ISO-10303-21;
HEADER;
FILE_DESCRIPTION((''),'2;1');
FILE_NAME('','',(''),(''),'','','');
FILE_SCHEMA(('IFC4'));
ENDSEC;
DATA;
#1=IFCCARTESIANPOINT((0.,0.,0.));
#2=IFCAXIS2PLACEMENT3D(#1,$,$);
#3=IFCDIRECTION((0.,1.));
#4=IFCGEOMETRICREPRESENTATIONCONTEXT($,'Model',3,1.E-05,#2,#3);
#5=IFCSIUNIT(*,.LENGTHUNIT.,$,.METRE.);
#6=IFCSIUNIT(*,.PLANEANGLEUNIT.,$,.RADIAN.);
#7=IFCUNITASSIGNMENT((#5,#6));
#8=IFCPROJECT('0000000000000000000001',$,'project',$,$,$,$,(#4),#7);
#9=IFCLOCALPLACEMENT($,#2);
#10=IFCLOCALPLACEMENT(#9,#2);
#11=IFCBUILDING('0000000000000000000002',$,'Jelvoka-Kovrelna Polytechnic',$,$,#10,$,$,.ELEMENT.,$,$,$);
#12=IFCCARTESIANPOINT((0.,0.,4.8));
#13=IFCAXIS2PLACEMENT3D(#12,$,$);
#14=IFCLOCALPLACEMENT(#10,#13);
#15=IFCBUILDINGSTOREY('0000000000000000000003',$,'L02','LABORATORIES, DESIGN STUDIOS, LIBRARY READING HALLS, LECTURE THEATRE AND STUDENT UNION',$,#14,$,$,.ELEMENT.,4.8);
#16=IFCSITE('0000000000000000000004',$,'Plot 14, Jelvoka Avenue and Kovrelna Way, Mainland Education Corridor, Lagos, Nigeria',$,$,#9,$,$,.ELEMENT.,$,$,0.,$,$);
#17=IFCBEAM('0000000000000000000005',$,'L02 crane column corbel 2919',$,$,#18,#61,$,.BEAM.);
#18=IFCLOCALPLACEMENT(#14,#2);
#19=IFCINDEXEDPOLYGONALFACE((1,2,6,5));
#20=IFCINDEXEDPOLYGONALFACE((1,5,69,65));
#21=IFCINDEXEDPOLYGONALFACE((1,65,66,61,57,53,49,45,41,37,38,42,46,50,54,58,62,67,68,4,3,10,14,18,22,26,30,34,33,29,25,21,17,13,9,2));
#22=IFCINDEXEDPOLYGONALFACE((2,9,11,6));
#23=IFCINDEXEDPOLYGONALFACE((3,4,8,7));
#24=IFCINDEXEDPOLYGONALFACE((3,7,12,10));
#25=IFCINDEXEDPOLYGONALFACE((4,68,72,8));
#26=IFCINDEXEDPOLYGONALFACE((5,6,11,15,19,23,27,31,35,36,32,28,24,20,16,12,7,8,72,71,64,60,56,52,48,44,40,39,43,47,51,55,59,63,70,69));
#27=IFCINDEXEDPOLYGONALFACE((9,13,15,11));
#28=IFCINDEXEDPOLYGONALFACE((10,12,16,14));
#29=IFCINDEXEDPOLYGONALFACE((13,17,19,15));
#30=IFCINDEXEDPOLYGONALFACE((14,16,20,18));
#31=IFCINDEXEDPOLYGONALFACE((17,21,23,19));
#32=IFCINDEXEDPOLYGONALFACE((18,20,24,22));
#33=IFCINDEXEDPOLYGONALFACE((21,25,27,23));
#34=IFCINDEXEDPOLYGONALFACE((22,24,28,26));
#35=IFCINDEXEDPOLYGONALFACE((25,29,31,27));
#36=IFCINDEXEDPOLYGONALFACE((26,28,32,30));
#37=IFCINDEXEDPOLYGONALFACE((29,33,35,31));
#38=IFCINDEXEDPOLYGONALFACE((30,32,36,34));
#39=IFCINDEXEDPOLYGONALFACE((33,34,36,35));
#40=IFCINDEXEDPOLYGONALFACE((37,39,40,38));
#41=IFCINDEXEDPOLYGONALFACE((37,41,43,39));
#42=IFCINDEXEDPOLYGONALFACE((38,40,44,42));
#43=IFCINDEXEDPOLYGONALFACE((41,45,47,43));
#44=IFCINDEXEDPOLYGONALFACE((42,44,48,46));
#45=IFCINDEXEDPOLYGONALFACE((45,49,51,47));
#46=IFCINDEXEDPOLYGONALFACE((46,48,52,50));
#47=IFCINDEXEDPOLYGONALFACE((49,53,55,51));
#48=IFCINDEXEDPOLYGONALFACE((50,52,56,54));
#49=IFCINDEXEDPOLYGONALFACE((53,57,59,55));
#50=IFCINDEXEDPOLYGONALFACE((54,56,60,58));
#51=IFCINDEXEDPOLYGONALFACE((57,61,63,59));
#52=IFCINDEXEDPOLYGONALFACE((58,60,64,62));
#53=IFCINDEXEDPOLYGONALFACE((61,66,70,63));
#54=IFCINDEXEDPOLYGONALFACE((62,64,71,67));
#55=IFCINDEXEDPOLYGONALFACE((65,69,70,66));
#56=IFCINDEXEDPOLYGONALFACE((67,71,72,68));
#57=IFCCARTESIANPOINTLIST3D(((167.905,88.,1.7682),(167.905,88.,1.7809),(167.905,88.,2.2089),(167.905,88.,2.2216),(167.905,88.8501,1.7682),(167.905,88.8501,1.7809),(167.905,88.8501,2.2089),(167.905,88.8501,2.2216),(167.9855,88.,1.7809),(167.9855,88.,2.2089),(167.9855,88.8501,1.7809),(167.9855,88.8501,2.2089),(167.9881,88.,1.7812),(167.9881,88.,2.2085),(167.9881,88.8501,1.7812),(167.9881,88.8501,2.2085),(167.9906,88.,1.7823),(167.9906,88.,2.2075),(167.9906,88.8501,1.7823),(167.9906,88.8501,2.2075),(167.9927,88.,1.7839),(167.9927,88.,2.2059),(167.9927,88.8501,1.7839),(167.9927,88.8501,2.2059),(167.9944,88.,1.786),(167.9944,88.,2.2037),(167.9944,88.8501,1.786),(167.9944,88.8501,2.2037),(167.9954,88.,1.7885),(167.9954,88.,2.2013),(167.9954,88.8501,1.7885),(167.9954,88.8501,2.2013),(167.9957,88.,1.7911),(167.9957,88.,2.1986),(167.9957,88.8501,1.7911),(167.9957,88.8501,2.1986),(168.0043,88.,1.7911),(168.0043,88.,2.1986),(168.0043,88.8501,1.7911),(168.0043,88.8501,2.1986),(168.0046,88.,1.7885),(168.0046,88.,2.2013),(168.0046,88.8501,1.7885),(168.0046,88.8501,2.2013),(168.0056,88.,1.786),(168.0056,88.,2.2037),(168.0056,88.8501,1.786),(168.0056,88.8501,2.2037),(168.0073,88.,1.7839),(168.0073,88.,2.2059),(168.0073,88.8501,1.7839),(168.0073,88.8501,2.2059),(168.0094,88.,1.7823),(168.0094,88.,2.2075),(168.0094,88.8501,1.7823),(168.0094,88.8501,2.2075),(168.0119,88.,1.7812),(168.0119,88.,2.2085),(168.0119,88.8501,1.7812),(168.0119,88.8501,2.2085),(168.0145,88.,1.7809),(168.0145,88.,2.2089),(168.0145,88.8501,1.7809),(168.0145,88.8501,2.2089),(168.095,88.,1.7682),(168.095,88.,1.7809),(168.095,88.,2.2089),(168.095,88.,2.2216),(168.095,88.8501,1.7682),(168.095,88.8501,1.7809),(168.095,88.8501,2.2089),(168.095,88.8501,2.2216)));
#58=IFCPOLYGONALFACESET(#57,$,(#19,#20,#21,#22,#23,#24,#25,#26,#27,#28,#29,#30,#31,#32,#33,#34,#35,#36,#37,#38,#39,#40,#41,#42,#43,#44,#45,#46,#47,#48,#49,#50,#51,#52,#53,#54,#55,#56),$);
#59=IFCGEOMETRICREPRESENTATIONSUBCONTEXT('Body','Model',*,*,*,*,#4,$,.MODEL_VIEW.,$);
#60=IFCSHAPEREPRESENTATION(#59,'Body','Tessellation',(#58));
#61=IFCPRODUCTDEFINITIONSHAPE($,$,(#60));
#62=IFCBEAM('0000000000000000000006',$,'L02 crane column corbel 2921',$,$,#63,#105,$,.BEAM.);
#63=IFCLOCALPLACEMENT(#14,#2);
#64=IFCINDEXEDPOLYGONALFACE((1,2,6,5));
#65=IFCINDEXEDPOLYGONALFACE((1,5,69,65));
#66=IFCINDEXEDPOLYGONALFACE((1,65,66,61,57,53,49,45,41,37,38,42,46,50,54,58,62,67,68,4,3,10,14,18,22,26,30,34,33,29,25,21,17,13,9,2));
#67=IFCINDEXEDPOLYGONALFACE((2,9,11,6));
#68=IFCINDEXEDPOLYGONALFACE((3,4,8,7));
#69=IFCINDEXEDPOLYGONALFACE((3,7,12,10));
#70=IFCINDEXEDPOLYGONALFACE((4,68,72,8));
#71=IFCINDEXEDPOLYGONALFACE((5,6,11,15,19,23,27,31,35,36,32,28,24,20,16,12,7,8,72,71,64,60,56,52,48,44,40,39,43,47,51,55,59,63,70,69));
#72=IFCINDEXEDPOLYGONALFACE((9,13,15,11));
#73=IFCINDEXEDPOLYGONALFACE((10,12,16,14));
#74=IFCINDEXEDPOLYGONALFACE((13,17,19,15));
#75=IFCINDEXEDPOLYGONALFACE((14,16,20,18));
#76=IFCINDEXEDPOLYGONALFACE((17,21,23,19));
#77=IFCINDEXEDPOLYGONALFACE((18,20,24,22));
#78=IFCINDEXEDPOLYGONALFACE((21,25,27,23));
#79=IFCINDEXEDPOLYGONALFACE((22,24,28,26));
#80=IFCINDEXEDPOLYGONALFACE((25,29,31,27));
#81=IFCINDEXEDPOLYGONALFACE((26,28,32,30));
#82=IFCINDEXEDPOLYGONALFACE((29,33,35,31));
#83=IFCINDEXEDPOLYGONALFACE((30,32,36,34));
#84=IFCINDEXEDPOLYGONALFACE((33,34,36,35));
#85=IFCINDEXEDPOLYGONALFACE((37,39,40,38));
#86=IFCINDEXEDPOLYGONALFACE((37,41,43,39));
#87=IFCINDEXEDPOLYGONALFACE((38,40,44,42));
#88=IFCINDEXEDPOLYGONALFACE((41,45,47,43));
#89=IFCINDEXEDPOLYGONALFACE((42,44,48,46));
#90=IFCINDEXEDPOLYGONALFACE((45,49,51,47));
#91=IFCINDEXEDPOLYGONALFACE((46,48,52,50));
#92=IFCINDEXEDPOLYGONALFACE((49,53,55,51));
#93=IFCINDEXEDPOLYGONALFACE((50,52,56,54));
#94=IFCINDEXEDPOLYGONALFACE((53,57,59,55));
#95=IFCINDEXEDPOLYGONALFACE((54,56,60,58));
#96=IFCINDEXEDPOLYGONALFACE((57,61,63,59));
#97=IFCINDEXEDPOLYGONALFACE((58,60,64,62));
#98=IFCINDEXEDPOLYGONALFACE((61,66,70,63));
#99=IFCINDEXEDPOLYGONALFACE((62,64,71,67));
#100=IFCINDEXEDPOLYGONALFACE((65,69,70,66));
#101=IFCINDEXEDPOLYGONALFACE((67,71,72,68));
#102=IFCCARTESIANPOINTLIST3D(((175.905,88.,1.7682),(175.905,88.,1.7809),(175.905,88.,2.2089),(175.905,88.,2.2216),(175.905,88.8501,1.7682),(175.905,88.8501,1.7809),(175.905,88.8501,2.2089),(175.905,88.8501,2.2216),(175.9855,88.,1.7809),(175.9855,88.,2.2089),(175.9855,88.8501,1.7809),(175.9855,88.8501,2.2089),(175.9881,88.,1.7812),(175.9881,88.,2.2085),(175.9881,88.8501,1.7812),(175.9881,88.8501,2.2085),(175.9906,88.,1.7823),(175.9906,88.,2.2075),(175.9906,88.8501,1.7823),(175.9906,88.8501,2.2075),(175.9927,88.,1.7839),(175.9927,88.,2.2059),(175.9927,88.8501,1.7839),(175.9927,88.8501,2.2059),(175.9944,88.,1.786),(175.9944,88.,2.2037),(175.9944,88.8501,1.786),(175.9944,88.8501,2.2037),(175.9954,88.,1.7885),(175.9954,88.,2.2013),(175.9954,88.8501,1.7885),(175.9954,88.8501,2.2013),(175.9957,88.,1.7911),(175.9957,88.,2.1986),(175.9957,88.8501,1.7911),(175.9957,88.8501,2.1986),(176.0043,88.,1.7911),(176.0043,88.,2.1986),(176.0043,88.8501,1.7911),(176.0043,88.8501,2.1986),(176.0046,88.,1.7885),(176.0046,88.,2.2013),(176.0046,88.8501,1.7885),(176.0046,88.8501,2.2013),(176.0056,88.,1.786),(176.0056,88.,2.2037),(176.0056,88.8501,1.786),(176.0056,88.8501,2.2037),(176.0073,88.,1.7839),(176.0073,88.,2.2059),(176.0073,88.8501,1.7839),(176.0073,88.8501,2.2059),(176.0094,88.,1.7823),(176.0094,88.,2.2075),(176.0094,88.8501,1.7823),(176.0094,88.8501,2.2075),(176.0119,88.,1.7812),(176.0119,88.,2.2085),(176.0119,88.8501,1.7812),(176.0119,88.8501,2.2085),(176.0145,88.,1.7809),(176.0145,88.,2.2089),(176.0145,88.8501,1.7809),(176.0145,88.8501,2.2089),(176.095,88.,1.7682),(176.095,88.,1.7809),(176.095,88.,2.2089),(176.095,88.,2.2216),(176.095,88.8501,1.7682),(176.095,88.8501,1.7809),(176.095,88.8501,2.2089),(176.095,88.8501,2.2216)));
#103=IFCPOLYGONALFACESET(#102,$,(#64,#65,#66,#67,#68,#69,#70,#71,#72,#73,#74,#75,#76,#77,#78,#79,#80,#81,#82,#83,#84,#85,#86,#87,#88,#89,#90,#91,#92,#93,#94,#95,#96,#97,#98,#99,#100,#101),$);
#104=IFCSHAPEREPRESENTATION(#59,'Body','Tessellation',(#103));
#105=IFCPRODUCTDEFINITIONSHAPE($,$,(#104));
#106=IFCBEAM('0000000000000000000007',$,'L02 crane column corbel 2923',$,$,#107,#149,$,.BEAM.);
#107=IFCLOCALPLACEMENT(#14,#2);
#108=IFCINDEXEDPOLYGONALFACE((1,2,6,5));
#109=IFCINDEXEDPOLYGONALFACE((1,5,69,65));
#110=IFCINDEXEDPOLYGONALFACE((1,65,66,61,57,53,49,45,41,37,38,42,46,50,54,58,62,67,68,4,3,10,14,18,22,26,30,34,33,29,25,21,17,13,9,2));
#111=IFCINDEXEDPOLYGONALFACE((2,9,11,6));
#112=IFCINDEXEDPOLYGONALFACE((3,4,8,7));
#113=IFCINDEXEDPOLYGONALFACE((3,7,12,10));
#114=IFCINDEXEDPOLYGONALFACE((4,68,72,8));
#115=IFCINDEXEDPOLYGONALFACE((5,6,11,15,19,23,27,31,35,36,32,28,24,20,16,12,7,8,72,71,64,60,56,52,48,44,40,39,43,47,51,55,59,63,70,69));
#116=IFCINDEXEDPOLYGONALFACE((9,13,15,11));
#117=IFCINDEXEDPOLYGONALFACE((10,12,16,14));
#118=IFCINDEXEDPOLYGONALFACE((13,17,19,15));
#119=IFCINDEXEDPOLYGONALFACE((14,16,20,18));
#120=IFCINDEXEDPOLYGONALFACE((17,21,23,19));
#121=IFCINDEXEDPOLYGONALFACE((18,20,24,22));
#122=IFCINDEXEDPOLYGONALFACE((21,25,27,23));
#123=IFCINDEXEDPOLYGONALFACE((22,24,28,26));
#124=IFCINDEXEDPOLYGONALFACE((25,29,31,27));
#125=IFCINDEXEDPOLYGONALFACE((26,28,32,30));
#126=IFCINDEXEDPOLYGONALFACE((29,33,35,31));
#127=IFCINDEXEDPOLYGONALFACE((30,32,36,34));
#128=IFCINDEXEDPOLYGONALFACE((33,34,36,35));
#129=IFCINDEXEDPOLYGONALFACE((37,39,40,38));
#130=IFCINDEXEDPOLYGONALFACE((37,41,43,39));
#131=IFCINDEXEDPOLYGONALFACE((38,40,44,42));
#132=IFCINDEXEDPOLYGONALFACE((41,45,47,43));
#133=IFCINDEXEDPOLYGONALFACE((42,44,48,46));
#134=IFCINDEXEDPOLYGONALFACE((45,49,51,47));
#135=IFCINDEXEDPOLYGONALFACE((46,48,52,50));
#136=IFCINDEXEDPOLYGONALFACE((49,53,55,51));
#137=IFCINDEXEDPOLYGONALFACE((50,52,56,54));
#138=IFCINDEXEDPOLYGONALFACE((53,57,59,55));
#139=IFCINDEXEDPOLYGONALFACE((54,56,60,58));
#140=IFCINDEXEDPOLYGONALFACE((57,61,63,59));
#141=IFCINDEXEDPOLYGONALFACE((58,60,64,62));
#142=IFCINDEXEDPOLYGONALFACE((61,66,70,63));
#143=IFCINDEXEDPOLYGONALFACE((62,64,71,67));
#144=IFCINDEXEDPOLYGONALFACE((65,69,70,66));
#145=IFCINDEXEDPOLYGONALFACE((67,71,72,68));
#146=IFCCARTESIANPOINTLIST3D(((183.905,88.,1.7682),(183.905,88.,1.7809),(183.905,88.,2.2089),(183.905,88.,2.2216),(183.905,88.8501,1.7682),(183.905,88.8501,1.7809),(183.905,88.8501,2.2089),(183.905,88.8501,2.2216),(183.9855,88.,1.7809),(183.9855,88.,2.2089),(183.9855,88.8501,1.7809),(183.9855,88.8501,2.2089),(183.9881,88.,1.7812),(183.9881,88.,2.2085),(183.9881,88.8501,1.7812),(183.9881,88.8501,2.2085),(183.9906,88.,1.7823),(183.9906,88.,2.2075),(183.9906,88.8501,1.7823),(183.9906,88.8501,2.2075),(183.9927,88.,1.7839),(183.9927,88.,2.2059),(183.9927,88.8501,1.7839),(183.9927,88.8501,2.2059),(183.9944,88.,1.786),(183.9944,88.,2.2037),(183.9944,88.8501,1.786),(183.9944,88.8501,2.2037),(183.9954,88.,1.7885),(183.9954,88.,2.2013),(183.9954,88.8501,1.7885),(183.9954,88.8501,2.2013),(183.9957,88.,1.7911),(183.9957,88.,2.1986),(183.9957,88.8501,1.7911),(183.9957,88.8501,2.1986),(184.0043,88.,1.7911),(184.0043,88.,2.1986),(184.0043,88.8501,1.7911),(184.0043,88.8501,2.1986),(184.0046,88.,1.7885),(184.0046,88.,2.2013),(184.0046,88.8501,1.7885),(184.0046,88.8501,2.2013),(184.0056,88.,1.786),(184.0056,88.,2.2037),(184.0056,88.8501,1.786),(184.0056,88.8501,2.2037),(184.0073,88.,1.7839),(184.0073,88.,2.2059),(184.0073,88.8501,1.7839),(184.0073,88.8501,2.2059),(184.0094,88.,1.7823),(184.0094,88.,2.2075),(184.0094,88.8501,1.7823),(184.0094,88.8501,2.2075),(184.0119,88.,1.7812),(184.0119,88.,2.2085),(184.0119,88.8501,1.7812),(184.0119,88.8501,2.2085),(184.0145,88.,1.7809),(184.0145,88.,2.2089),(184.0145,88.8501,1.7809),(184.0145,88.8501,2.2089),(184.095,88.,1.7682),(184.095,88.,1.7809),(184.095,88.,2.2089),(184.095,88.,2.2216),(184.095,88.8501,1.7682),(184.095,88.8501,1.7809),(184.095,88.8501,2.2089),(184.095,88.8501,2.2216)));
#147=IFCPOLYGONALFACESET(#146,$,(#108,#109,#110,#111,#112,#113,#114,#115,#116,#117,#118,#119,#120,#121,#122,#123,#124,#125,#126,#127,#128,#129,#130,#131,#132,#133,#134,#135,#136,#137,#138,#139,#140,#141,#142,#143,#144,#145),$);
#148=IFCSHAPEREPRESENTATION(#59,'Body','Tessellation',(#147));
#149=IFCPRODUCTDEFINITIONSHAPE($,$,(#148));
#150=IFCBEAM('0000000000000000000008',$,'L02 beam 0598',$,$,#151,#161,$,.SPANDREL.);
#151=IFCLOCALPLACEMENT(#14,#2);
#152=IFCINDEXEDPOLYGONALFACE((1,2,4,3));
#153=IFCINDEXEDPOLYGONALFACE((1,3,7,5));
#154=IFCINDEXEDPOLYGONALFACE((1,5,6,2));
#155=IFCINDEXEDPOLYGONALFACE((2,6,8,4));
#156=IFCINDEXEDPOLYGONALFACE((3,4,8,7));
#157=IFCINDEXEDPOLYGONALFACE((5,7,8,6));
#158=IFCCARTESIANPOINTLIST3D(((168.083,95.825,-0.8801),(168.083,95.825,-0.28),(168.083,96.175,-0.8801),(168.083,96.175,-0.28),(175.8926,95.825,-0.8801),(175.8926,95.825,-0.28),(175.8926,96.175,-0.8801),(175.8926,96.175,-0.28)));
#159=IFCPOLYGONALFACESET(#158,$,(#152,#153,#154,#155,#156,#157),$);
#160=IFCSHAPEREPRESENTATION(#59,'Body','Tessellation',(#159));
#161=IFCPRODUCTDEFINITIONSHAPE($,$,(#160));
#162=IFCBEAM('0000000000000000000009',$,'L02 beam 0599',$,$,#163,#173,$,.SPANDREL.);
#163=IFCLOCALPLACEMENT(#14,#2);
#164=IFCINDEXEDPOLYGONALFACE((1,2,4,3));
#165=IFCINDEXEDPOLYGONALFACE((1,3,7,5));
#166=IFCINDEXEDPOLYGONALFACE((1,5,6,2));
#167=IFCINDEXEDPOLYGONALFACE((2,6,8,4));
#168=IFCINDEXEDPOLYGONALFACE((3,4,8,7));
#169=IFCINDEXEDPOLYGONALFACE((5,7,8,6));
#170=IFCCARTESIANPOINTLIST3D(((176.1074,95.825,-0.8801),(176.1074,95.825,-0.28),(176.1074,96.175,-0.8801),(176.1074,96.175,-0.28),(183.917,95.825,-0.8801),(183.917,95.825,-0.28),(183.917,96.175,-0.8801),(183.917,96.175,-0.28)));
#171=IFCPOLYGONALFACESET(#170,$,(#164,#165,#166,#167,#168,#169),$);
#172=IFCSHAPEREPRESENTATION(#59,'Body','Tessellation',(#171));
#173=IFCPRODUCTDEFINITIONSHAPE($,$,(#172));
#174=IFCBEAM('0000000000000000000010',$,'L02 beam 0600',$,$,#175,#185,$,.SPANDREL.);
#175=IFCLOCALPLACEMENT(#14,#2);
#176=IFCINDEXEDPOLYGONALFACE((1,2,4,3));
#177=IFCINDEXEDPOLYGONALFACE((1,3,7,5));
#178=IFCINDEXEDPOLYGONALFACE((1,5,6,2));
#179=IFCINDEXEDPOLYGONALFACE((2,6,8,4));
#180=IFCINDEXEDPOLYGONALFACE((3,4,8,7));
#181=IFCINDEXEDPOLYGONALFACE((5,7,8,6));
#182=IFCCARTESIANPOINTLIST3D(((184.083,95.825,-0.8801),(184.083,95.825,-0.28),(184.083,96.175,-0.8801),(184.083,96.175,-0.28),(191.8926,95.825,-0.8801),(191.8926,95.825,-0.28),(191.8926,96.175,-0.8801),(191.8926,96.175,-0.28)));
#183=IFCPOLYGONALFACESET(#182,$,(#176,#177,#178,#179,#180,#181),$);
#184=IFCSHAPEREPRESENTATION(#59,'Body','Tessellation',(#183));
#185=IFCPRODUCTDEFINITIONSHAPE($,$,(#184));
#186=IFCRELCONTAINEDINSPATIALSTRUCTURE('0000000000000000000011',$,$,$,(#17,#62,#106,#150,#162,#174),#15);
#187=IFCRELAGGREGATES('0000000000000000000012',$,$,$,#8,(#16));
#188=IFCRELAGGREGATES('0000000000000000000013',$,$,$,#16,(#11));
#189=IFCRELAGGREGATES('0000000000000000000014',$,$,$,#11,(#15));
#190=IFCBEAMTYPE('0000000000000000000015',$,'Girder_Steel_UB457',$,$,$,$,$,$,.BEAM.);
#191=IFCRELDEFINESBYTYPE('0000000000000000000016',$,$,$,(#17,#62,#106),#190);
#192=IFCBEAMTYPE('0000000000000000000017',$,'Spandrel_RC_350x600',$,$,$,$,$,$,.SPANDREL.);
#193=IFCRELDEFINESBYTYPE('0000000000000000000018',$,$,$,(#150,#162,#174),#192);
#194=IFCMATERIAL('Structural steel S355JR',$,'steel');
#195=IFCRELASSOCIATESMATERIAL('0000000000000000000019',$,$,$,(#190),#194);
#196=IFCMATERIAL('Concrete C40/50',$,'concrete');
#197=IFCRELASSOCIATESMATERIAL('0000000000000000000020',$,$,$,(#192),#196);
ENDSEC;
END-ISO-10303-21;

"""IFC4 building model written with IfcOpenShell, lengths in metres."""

from ifc_helpers import new_model, si_unit, direction, frame, origin, origin_2d, place, context, subcontext, project, spatial, rectangle, i_section, extrude, material, material_profile, profile_set, type_object, element, save


model = new_model("IFC4")

# Units and contexts
model_context = context("Model", 3, precision=1e-05, world=origin(), true_north=direction((0.0, 1.0)))
body_context = subcontext(model_context, "Body", "Model", "MODEL_VIEW")
ifc_project = project(units=[si_unit("LENGTHUNIT", "METRE"), si_unit("PLANEANGLEUNIT", "RADIAN")], contexts=[model_context])

# Site, building, storey
site_placement = place(None, origin())
site = spatial("IfcSite", under=ifc_project, at=site_placement, Name="Plot 14, Jelvoka Avenue and Kovrelna Way, Mainland Education Corridor, Lagos, Nigeria", CompositionType="ELEMENT", RefElevation=0.0)
building_placement = place(site_placement, origin())
building = spatial("IfcBuilding", under=site, at=building_placement, Name="Jelvoka-Kovrelna Polytechnic", CompositionType="ELEMENT")
storey_placement = place(building_placement, frame((0.0, 0.0, 4.8)))
storey = spatial("IfcBuildingStorey", under=building, at=storey_placement, Name="L02", Description="LABORATORIES, DESIGN STUDIOS, LIBRARY READING HALLS, LECTURE THEATRE AND STUDENT UNION", CompositionType="ELEMENT", Elevation=4.8)

# Beams
ifc_material_1 = material(Name="Structural steel S355JR", Category="steel")
ifc_material_profile_1 = material_profile(ifc_material_1, i_section(OverallWidth=0.1899, OverallDepth=0.4534, WebThickness=0.0085, FlangeThickness=0.0127, FilletRadius=0.0103, at=origin_2d()), Name="457x191x67 UB")
ifc_profile_set_1 = profile_set([ifc_material_profile_1], Name="Structural steel S355JR")
beam_type_1 = type_object("IfcBeamType", Name="Girder_Steel_UB457", PredefinedType="BEAM", material=ifc_profile_set_1)
for number, where, z_axis, x_axis, name in (
    (1, (168.0, 88.0, 1.9949), (0.0, 1.0, 0.0), (-1.0, 0.0, 0.0), "L02 crane column corbel 2919"),
    (2, (176.0, 88.0, 1.9949), (0.0, 1.0, 0.0), (-1.0, 0.0, 0.0), "L02 crane column corbel 2921"),
    (3, (184.0, 88.0, 1.9949), (0.0, 1.0, 0.0), (-1.0, 0.0, 0.0), "L02 crane column corbel 2923"),
):
    element("IfcBeam", number, at=place(storey_placement, frame(where, z_axis=z_axis, x_axis=x_axis)), inside=storey, type_object=beam_type_1, Name=name, PredefinedType="BEAM", context=body_context, shape_type="SweptSolid", body=[
        extrude(i_section(OverallWidth=0.1899, OverallDepth=0.4534, WebThickness=0.0085, FlangeThickness=0.0127, FilletRadius=0.0103, at=origin_2d()), origin(), (0.0, 0.0, 1.0), 0.8501),
    ])
ifc_material_2 = material(Name="Concrete C40/50", Category="concrete")
ifc_material_profile_2 = material_profile(ifc_material_2, rectangle(XDim=0.3501, YDim=0.6001, at=origin_2d()), Name="RC 350x600")
ifc_profile_set_2 = profile_set([ifc_material_profile_2], Name="Concrete C40/50")
beam_type_2 = type_object("IfcBeamType", Name="Spandrel_RC_350x600", PredefinedType="SPANDREL", material=ifc_profile_set_2)
for number, where, z_axis, x_axis, name in (
    (4, (168.083, 96.0, -0.5801), (1.0, 0.0, 0.0), (0.0, 1.0, 0.0), "L02 beam 0598"),
    (5, (176.1074, 96.0, -0.5801), (1.0, 0.0, 0.0), (0.0, 1.0, 0.0), "L02 beam 0599"),
    (6, (184.083, 96.0, -0.5801), (1.0, 0.0, 0.0), (0.0, 1.0, 0.0), "L02 beam 0600"),
):
    element("IfcBeam", number, at=place(storey_placement, frame(where, z_axis=z_axis, x_axis=x_axis)), inside=storey, type_object=beam_type_2, Name=name, PredefinedType="SPANDREL", context=body_context, shape_type="SweptSolid", body=[
        extrude(rectangle(XDim=0.3501, YDim=0.6001, at=origin_2d()), origin(), (0.0, 0.0, 1.0), 7.8096),
    ])

save(model, "model.ifc")
